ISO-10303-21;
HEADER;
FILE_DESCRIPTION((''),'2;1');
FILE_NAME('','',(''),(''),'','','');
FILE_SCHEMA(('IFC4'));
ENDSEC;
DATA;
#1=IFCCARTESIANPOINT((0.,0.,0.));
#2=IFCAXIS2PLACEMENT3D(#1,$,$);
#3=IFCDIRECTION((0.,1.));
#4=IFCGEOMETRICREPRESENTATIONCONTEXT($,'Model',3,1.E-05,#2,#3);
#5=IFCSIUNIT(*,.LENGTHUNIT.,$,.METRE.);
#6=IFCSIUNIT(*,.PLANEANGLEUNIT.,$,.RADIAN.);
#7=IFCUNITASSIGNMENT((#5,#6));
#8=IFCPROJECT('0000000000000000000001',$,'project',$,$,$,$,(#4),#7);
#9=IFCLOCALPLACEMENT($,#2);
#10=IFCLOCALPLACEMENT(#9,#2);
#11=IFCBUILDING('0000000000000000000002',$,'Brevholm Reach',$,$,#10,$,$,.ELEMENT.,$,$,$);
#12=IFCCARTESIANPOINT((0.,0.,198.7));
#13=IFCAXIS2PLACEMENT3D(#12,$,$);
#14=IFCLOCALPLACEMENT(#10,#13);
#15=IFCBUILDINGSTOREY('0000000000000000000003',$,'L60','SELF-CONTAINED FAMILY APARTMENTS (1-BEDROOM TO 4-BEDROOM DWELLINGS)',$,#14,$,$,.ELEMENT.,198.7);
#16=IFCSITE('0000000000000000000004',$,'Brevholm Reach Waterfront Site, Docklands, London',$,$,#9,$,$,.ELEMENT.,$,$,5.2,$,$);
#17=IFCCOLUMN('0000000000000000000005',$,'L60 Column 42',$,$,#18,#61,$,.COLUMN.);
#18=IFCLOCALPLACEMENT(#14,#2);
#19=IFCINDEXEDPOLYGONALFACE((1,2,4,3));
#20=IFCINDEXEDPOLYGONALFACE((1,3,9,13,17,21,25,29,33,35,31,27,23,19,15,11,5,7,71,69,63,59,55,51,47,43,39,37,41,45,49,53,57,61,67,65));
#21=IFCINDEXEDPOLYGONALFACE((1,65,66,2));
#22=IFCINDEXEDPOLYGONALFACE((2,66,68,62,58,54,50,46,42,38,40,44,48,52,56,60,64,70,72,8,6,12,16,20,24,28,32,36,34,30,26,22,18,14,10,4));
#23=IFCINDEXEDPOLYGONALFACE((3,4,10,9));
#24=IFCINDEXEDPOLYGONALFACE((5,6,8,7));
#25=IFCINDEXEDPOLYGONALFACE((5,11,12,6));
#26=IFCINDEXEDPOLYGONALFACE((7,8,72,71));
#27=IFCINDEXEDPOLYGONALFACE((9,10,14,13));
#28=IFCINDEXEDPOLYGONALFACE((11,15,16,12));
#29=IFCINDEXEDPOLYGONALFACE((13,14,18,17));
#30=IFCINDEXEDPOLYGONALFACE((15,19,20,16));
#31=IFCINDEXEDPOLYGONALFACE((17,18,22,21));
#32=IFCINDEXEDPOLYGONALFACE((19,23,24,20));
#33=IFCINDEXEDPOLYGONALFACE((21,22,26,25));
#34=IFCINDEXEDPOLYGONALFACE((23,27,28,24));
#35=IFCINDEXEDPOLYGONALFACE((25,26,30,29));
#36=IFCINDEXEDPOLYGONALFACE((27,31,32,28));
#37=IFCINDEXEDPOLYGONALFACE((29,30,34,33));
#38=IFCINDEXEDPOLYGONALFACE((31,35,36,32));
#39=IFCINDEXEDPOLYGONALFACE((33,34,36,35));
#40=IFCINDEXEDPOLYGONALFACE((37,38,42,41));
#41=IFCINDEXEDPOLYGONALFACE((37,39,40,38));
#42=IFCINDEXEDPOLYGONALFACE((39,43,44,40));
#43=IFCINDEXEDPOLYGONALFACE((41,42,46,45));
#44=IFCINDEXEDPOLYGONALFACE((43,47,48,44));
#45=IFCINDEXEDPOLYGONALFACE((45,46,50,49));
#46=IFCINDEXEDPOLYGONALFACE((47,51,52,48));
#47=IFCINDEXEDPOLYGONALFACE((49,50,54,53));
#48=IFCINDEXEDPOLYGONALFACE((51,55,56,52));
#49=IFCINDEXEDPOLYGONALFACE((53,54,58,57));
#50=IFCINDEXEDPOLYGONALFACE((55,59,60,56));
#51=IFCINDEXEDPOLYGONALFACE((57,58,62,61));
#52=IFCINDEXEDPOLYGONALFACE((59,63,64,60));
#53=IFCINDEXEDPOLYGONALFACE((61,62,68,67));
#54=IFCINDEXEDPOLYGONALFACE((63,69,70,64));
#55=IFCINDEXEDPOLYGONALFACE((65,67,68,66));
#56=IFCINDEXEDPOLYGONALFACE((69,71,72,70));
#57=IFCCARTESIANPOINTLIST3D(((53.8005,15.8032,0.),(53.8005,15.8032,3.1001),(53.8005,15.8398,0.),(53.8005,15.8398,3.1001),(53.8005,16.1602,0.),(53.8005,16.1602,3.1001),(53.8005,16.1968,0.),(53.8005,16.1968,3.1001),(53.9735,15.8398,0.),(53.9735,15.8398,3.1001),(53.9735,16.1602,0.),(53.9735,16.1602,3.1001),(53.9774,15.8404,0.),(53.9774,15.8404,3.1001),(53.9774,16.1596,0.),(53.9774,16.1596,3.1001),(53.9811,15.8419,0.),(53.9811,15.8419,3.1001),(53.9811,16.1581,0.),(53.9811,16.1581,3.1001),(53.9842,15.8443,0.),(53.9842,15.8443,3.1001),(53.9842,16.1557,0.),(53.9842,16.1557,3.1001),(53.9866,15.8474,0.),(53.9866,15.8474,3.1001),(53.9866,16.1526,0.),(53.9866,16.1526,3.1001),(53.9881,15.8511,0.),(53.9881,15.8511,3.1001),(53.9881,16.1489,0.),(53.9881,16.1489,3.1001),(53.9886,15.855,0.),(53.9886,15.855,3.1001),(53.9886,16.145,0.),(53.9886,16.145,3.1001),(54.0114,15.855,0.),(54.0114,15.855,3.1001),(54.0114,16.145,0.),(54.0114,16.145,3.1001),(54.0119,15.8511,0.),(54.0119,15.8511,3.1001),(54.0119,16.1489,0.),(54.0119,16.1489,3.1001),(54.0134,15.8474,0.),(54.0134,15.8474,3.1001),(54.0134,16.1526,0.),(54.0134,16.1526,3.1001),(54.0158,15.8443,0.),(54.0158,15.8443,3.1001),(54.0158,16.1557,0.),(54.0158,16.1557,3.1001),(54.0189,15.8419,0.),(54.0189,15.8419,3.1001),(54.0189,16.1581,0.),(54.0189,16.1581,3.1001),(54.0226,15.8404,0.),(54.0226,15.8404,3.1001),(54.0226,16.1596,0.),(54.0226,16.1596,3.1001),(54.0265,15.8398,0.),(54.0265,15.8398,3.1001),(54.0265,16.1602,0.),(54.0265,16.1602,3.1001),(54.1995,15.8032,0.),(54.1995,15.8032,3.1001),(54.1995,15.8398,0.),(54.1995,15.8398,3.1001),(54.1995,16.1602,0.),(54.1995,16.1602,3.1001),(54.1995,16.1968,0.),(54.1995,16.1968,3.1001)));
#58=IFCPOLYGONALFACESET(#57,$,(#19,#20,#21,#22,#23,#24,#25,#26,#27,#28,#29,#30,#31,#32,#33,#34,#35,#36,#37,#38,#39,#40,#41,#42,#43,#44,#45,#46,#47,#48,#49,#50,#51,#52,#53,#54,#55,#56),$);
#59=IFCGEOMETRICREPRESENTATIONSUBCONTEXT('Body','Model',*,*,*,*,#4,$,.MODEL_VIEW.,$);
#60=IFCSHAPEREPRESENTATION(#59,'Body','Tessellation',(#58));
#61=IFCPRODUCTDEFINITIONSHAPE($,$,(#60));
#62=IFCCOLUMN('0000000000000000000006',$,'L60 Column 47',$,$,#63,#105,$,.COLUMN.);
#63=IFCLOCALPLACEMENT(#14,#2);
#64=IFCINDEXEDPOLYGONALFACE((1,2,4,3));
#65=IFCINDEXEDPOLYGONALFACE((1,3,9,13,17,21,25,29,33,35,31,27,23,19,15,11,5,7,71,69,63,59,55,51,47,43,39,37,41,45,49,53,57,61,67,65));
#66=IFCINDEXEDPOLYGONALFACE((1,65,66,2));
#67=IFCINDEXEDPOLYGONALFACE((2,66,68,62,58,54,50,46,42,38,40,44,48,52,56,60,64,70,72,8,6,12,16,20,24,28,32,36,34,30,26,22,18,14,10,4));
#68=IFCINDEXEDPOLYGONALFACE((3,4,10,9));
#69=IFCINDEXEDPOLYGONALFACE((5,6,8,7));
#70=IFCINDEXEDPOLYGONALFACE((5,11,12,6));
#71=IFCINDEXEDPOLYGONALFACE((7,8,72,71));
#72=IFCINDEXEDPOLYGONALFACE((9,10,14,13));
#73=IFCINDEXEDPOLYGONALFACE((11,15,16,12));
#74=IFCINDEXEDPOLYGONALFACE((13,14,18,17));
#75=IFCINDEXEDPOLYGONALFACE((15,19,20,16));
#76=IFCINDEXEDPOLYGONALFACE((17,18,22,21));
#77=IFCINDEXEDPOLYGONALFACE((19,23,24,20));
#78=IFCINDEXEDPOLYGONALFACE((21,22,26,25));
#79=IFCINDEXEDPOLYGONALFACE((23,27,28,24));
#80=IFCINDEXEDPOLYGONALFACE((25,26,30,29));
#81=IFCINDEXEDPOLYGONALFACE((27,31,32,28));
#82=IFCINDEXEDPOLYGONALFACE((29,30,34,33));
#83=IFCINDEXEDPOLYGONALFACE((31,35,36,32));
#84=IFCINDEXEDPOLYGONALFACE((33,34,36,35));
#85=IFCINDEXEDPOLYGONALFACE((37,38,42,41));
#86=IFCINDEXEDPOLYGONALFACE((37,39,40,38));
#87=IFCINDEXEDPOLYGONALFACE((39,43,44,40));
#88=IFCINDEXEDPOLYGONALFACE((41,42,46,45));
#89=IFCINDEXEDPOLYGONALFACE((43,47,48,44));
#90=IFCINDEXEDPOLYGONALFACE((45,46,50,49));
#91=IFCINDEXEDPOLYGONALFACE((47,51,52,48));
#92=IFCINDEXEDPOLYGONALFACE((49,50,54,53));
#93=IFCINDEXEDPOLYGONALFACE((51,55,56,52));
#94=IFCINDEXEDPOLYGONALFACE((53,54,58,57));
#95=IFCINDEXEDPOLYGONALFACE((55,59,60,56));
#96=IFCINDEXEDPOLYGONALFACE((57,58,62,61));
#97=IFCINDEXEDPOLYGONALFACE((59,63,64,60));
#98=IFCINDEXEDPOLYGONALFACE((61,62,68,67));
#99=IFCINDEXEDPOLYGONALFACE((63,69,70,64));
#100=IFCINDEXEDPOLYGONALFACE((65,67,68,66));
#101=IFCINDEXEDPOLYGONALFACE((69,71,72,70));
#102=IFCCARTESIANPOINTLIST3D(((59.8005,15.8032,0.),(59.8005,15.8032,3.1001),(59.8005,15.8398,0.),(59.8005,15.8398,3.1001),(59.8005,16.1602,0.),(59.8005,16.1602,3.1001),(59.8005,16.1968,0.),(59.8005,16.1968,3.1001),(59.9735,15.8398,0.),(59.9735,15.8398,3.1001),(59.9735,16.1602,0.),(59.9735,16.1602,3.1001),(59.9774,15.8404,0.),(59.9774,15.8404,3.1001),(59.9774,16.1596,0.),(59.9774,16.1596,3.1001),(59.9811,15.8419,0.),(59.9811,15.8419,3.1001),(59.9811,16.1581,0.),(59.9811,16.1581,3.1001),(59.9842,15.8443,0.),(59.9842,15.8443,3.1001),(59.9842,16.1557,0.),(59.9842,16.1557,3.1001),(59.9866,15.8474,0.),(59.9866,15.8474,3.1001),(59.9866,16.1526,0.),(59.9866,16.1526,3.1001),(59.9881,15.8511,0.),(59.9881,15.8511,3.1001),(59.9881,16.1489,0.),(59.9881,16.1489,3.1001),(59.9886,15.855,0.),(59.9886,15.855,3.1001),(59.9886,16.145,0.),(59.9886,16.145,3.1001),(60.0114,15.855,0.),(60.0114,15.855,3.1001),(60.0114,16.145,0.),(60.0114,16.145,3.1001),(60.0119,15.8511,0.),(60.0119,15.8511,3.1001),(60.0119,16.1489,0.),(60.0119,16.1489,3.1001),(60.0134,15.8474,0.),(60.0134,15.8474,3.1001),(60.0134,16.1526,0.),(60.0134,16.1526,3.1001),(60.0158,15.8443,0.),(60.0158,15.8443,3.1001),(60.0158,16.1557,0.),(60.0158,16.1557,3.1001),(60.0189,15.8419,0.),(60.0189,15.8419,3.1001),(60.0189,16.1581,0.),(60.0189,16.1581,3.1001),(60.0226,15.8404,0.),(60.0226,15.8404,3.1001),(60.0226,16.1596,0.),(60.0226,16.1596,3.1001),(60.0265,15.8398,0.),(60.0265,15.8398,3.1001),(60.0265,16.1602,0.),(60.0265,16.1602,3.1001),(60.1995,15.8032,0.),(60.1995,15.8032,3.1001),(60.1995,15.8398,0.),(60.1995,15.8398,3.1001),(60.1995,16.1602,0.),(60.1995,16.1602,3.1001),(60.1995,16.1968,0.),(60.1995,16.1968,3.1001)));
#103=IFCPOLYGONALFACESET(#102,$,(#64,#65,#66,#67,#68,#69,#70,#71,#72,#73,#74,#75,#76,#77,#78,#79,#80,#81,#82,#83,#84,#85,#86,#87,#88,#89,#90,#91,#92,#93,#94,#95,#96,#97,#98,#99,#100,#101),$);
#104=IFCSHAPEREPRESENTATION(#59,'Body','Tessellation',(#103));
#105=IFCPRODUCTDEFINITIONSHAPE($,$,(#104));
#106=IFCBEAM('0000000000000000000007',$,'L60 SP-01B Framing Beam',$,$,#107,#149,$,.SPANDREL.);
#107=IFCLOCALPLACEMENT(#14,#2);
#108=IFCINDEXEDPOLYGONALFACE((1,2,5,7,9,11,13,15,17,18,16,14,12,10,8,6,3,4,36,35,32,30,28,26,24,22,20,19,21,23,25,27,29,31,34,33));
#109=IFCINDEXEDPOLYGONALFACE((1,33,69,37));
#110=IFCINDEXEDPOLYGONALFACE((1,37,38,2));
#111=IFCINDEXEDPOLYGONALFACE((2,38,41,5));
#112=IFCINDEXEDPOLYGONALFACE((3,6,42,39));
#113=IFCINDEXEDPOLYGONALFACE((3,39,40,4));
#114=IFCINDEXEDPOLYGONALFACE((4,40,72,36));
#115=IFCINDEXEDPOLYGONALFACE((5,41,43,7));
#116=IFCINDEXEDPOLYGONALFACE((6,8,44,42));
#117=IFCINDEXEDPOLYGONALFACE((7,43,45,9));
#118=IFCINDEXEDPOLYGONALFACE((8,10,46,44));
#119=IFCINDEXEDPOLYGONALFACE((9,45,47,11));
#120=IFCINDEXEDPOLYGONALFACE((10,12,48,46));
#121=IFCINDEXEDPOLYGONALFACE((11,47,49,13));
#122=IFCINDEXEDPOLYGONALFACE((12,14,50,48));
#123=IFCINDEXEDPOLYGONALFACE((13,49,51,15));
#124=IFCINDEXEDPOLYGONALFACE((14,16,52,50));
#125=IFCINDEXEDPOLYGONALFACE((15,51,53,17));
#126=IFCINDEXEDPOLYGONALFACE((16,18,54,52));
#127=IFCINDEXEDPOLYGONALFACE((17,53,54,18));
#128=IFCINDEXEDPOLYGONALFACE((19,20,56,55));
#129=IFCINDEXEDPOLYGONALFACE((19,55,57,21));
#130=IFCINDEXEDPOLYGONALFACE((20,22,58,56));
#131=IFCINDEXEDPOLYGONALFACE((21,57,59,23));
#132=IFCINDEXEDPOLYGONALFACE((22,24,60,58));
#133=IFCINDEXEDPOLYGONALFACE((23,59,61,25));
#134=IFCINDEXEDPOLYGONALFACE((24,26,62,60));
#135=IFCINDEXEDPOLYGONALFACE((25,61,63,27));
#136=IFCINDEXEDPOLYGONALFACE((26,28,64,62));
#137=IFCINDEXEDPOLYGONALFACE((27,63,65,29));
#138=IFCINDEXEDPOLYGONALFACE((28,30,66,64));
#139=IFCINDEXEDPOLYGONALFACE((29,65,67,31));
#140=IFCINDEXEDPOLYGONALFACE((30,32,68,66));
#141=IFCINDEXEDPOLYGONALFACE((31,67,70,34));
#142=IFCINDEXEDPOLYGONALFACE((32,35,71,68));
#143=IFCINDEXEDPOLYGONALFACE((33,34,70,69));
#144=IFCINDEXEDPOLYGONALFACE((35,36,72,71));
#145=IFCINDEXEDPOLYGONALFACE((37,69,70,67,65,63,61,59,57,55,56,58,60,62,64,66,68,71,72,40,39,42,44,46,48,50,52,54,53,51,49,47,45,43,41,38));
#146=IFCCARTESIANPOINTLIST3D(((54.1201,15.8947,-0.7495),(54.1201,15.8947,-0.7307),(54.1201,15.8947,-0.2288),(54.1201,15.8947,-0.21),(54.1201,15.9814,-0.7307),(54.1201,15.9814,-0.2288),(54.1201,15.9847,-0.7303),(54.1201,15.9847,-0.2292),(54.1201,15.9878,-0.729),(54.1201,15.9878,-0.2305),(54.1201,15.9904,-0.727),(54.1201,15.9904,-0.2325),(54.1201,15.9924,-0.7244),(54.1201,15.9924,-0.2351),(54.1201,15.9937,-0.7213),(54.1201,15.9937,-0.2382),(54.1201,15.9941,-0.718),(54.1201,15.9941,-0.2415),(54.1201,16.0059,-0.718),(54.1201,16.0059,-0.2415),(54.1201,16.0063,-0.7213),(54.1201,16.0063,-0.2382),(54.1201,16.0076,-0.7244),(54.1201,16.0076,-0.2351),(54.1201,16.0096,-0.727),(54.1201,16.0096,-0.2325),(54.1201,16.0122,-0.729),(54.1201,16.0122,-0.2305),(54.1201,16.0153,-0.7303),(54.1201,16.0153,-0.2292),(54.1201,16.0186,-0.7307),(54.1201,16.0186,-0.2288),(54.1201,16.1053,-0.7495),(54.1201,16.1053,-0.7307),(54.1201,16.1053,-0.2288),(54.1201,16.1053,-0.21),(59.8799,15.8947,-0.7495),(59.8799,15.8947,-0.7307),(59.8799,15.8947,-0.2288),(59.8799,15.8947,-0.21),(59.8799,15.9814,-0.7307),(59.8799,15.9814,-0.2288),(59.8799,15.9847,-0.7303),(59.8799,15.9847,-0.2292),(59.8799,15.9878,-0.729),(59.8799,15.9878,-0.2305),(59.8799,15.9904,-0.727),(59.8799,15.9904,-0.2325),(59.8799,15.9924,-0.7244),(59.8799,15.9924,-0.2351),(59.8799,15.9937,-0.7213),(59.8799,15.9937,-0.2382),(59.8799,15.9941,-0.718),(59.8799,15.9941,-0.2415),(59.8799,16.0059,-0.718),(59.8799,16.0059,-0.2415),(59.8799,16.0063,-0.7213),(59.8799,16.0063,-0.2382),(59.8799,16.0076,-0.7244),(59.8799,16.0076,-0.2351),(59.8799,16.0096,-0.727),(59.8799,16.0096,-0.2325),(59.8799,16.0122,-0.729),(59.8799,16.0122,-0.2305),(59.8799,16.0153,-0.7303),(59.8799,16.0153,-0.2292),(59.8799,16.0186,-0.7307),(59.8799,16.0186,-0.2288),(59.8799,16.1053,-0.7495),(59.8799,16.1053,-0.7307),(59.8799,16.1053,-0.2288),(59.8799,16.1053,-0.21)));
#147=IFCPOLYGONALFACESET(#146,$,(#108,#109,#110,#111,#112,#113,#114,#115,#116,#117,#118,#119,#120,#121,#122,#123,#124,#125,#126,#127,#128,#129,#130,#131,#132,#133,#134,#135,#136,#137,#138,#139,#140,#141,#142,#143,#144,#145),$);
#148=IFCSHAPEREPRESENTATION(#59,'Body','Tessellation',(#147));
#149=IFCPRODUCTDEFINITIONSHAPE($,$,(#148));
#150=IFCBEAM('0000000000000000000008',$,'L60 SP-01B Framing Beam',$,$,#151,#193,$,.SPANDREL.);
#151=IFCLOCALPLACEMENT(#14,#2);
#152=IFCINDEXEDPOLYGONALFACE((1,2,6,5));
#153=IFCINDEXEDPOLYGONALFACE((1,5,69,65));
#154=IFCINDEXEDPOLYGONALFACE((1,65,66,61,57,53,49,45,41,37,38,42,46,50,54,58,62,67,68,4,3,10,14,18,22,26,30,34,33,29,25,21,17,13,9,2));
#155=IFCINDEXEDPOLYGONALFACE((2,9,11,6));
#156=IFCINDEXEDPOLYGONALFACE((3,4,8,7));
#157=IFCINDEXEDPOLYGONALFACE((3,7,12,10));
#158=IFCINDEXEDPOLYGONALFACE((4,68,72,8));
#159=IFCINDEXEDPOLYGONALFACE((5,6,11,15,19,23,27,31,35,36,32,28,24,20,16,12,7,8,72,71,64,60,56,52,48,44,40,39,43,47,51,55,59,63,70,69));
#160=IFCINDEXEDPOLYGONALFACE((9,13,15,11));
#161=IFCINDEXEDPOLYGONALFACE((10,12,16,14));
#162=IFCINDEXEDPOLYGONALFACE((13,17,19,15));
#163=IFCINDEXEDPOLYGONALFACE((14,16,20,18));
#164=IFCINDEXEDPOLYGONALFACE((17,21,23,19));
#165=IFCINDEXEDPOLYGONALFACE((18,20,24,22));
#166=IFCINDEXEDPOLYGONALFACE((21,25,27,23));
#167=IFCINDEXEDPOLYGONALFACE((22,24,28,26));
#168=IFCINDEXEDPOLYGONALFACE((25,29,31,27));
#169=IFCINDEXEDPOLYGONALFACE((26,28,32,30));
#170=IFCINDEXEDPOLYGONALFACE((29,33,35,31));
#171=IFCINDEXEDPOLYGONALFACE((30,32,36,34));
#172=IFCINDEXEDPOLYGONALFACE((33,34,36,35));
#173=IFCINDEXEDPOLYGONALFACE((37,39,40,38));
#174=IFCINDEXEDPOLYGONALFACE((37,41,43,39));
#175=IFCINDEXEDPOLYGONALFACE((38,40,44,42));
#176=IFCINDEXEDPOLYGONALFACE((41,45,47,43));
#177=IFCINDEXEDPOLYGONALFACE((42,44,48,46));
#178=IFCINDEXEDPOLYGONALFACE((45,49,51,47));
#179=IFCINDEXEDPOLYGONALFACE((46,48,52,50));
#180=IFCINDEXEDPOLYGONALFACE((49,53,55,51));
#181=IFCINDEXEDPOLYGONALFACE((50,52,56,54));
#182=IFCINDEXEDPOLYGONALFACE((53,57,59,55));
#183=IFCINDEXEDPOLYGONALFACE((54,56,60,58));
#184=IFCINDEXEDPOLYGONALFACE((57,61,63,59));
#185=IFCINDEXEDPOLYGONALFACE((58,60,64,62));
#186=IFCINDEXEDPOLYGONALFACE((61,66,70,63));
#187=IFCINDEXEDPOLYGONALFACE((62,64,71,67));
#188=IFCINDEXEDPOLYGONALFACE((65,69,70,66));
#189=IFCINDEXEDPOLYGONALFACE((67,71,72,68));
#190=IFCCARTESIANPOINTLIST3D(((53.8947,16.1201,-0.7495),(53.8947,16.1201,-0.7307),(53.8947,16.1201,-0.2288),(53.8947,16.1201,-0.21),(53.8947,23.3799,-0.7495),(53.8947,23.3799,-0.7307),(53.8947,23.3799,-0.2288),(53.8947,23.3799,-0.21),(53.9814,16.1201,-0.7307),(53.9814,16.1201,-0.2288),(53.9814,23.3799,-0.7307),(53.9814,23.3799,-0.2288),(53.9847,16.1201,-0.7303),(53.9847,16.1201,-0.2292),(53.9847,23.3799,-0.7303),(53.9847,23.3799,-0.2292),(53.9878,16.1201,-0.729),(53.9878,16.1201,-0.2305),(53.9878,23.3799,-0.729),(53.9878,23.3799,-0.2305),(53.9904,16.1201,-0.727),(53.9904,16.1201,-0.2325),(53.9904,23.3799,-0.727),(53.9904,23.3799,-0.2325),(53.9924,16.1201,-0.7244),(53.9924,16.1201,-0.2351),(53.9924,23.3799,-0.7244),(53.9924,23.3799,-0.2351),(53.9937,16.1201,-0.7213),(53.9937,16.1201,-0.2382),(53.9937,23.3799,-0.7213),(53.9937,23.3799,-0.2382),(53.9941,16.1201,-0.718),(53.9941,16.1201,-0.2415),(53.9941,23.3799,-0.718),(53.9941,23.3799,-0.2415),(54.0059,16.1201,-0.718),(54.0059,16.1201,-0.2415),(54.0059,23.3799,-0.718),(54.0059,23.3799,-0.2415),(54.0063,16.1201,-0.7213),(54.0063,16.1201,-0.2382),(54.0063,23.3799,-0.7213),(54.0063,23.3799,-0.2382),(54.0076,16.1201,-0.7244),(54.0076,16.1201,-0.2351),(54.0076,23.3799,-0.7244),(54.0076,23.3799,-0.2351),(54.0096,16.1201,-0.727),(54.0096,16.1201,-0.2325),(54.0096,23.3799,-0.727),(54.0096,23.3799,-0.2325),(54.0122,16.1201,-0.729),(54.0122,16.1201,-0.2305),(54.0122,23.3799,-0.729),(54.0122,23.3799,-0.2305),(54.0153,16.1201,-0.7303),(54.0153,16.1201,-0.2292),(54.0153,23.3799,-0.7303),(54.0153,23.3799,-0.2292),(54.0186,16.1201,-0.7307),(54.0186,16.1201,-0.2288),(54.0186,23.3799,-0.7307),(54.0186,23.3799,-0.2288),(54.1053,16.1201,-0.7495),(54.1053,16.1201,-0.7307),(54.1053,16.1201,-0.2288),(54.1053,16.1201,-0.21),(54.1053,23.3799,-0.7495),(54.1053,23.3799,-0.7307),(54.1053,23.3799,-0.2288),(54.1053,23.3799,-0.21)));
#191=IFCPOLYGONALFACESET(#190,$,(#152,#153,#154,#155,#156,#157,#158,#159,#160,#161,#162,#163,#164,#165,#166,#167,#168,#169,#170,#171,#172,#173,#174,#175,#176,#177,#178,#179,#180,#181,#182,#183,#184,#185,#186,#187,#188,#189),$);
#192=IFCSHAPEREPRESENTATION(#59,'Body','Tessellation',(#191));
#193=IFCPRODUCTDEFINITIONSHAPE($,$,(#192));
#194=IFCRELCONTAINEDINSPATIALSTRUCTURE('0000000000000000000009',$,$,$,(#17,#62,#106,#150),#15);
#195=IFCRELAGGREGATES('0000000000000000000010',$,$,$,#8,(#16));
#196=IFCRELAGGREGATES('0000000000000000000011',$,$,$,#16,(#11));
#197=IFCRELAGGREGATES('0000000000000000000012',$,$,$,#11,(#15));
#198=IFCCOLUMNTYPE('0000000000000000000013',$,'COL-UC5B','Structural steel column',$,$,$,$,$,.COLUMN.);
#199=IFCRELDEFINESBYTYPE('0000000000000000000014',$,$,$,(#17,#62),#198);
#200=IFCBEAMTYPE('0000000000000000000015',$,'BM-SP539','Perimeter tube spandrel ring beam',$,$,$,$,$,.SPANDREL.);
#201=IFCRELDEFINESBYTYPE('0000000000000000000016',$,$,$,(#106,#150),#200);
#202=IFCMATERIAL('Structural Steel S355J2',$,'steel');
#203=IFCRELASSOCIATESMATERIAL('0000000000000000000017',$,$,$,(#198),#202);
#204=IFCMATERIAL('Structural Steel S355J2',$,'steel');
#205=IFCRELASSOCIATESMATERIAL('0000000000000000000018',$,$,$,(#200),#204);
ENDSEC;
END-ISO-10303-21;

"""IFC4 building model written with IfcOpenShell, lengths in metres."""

from ifc_helpers import new_model, si_unit, direction, frame, origin, origin_2d, place, context, subcontext, project, spatial, i_section, extrude, material, material_profile, profile_set, type_object, element, save


model = new_model("IFC4")

# Units and contexts
model_context = context("Model", 3, precision=1e-05, world=origin(), true_north=direction((0.0, 1.0)))
body_context = subcontext(model_context, "Body", "Model", "MODEL_VIEW")
ifc_project = project(units=[si_unit("LENGTHUNIT", "METRE"), si_unit("PLANEANGLEUNIT", "RADIAN")], contexts=[model_context])

# Site, building, storey
site_placement = place(None, origin())
site = spatial("IfcSite", under=ifc_project, at=site_placement, Name="Brevholm Reach Waterfront Site, Docklands, London", CompositionType="ELEMENT", RefElevation=5.2)
building_placement = place(site_placement, origin())
building = spatial("IfcBuilding", under=site, at=building_placement, Name="Brevholm Reach", CompositionType="ELEMENT")
storey_placement = place(building_placement, frame((0.0, 0.0, 198.7)))
storey = spatial("IfcBuildingStorey", under=building, at=storey_placement, Name="L60", Description="SELF-CONTAINED FAMILY APARTMENTS (1-BEDROOM TO 4-BEDROOM DWELLINGS)", CompositionType="ELEMENT", Elevation=198.7)

# Columns
ifc_material_1 = material(Name="Structural Steel S355J2", Category="steel")
ifc_material_profile_1 = material_profile(ifc_material_1, i_section(OverallWidth=0.3989, OverallDepth=0.3936, WebThickness=0.0227, FlangeThickness=0.0366, FilletRadius=0.0151, at=origin_2d()), Name="UKC 356x406x287")
ifc_profile_set_1 = profile_set([ifc_material_profile_1], Name="Structural Steel S355J2")
column_type = type_object("IfcColumnType", Name="COL-UC5B", Description="Structural steel column", PredefinedType="COLUMN", material=ifc_profile_set_1)
for number, where, z_axis, x_axis, name in (
    (1, (54.0, 16.0, 0.0), (0.0, 0.0, 1.0), (1.0, 0.0, 0.0), "L60 Column 42"),
    (2, (60.0, 16.0, 0.0), (0.0, 0.0, 1.0), (1.0, 0.0, 0.0), "L60 Column 47"),
):
    element("IfcColumn", number, at=place(storey_placement, frame(where, z_axis=z_axis, x_axis=x_axis)), inside=storey, type_object=column_type, Name=name, PredefinedType="COLUMN", context=body_context, shape_type="SweptSolid", body=[
        extrude(i_section(OverallWidth=0.3989, OverallDepth=0.3936, WebThickness=0.0227, FlangeThickness=0.0366, FilletRadius=0.0151, at=origin_2d()), origin(), (0.0, 0.0, 1.0), 3.1001),
    ])

# Beams
ifc_material_2 = material(Name="Structural Steel S355J2", Category="steel")
ifc_material_profile_2 = material_profile(ifc_material_2, i_section(OverallWidth=0.2107, OverallDepth=0.5396, WebThickness=0.0117, FlangeThickness=0.0188, FilletRadius=0.0127, at=origin_2d()), Name="UKB 533x210x109")
ifc_profile_set_2 = profile_set([ifc_material_profile_2], Name="Structural Steel S355J2")
beam_type = type_object("IfcBeamType", Name="BM-SP539", Description="Perimeter tube spandrel ring beam", PredefinedType="SPANDREL", material=ifc_profile_set_2)
beam_1_placement = place(storey_placement, frame((54.1201, 16.0, -0.4797), z_axis=(1.0, 0.0, 0.0), x_axis=(0.0, 1.0, 0.0)))
element("IfcBeam", 3, at=beam_1_placement, inside=storey, type_object=beam_type, Name="L60 SP-01B Framing Beam", PredefinedType="SPANDREL", context=body_context, shape_type="SweptSolid", body=[
    extrude(i_section(OverallWidth=0.2107, OverallDepth=0.5396, WebThickness=0.0117, FlangeThickness=0.0188, FilletRadius=0.0127, at=origin_2d()), origin(), (0.0, 0.0, 1.0), 5.7598),
])
beam_2_placement = place(storey_placement, frame((54.0, 16.1201, -0.4797), z_axis=(0.0, 1.0, 0.0), x_axis=(-1.0, 0.0, 0.0)))
element("IfcBeam", 4, at=beam_2_placement, inside=storey, type_object=beam_type, Name="L60 SP-01B Framing Beam", PredefinedType="SPANDREL", context=body_context, shape_type="SweptSolid", body=[
    extrude(i_section(OverallWidth=0.2107, OverallDepth=0.5396, WebThickness=0.0117, FlangeThickness=0.0188, FilletRadius=0.0127, at=origin_2d()), origin(), (0.0, 0.0, 1.0), 7.2598),
])

save(model, "model.ifc")
